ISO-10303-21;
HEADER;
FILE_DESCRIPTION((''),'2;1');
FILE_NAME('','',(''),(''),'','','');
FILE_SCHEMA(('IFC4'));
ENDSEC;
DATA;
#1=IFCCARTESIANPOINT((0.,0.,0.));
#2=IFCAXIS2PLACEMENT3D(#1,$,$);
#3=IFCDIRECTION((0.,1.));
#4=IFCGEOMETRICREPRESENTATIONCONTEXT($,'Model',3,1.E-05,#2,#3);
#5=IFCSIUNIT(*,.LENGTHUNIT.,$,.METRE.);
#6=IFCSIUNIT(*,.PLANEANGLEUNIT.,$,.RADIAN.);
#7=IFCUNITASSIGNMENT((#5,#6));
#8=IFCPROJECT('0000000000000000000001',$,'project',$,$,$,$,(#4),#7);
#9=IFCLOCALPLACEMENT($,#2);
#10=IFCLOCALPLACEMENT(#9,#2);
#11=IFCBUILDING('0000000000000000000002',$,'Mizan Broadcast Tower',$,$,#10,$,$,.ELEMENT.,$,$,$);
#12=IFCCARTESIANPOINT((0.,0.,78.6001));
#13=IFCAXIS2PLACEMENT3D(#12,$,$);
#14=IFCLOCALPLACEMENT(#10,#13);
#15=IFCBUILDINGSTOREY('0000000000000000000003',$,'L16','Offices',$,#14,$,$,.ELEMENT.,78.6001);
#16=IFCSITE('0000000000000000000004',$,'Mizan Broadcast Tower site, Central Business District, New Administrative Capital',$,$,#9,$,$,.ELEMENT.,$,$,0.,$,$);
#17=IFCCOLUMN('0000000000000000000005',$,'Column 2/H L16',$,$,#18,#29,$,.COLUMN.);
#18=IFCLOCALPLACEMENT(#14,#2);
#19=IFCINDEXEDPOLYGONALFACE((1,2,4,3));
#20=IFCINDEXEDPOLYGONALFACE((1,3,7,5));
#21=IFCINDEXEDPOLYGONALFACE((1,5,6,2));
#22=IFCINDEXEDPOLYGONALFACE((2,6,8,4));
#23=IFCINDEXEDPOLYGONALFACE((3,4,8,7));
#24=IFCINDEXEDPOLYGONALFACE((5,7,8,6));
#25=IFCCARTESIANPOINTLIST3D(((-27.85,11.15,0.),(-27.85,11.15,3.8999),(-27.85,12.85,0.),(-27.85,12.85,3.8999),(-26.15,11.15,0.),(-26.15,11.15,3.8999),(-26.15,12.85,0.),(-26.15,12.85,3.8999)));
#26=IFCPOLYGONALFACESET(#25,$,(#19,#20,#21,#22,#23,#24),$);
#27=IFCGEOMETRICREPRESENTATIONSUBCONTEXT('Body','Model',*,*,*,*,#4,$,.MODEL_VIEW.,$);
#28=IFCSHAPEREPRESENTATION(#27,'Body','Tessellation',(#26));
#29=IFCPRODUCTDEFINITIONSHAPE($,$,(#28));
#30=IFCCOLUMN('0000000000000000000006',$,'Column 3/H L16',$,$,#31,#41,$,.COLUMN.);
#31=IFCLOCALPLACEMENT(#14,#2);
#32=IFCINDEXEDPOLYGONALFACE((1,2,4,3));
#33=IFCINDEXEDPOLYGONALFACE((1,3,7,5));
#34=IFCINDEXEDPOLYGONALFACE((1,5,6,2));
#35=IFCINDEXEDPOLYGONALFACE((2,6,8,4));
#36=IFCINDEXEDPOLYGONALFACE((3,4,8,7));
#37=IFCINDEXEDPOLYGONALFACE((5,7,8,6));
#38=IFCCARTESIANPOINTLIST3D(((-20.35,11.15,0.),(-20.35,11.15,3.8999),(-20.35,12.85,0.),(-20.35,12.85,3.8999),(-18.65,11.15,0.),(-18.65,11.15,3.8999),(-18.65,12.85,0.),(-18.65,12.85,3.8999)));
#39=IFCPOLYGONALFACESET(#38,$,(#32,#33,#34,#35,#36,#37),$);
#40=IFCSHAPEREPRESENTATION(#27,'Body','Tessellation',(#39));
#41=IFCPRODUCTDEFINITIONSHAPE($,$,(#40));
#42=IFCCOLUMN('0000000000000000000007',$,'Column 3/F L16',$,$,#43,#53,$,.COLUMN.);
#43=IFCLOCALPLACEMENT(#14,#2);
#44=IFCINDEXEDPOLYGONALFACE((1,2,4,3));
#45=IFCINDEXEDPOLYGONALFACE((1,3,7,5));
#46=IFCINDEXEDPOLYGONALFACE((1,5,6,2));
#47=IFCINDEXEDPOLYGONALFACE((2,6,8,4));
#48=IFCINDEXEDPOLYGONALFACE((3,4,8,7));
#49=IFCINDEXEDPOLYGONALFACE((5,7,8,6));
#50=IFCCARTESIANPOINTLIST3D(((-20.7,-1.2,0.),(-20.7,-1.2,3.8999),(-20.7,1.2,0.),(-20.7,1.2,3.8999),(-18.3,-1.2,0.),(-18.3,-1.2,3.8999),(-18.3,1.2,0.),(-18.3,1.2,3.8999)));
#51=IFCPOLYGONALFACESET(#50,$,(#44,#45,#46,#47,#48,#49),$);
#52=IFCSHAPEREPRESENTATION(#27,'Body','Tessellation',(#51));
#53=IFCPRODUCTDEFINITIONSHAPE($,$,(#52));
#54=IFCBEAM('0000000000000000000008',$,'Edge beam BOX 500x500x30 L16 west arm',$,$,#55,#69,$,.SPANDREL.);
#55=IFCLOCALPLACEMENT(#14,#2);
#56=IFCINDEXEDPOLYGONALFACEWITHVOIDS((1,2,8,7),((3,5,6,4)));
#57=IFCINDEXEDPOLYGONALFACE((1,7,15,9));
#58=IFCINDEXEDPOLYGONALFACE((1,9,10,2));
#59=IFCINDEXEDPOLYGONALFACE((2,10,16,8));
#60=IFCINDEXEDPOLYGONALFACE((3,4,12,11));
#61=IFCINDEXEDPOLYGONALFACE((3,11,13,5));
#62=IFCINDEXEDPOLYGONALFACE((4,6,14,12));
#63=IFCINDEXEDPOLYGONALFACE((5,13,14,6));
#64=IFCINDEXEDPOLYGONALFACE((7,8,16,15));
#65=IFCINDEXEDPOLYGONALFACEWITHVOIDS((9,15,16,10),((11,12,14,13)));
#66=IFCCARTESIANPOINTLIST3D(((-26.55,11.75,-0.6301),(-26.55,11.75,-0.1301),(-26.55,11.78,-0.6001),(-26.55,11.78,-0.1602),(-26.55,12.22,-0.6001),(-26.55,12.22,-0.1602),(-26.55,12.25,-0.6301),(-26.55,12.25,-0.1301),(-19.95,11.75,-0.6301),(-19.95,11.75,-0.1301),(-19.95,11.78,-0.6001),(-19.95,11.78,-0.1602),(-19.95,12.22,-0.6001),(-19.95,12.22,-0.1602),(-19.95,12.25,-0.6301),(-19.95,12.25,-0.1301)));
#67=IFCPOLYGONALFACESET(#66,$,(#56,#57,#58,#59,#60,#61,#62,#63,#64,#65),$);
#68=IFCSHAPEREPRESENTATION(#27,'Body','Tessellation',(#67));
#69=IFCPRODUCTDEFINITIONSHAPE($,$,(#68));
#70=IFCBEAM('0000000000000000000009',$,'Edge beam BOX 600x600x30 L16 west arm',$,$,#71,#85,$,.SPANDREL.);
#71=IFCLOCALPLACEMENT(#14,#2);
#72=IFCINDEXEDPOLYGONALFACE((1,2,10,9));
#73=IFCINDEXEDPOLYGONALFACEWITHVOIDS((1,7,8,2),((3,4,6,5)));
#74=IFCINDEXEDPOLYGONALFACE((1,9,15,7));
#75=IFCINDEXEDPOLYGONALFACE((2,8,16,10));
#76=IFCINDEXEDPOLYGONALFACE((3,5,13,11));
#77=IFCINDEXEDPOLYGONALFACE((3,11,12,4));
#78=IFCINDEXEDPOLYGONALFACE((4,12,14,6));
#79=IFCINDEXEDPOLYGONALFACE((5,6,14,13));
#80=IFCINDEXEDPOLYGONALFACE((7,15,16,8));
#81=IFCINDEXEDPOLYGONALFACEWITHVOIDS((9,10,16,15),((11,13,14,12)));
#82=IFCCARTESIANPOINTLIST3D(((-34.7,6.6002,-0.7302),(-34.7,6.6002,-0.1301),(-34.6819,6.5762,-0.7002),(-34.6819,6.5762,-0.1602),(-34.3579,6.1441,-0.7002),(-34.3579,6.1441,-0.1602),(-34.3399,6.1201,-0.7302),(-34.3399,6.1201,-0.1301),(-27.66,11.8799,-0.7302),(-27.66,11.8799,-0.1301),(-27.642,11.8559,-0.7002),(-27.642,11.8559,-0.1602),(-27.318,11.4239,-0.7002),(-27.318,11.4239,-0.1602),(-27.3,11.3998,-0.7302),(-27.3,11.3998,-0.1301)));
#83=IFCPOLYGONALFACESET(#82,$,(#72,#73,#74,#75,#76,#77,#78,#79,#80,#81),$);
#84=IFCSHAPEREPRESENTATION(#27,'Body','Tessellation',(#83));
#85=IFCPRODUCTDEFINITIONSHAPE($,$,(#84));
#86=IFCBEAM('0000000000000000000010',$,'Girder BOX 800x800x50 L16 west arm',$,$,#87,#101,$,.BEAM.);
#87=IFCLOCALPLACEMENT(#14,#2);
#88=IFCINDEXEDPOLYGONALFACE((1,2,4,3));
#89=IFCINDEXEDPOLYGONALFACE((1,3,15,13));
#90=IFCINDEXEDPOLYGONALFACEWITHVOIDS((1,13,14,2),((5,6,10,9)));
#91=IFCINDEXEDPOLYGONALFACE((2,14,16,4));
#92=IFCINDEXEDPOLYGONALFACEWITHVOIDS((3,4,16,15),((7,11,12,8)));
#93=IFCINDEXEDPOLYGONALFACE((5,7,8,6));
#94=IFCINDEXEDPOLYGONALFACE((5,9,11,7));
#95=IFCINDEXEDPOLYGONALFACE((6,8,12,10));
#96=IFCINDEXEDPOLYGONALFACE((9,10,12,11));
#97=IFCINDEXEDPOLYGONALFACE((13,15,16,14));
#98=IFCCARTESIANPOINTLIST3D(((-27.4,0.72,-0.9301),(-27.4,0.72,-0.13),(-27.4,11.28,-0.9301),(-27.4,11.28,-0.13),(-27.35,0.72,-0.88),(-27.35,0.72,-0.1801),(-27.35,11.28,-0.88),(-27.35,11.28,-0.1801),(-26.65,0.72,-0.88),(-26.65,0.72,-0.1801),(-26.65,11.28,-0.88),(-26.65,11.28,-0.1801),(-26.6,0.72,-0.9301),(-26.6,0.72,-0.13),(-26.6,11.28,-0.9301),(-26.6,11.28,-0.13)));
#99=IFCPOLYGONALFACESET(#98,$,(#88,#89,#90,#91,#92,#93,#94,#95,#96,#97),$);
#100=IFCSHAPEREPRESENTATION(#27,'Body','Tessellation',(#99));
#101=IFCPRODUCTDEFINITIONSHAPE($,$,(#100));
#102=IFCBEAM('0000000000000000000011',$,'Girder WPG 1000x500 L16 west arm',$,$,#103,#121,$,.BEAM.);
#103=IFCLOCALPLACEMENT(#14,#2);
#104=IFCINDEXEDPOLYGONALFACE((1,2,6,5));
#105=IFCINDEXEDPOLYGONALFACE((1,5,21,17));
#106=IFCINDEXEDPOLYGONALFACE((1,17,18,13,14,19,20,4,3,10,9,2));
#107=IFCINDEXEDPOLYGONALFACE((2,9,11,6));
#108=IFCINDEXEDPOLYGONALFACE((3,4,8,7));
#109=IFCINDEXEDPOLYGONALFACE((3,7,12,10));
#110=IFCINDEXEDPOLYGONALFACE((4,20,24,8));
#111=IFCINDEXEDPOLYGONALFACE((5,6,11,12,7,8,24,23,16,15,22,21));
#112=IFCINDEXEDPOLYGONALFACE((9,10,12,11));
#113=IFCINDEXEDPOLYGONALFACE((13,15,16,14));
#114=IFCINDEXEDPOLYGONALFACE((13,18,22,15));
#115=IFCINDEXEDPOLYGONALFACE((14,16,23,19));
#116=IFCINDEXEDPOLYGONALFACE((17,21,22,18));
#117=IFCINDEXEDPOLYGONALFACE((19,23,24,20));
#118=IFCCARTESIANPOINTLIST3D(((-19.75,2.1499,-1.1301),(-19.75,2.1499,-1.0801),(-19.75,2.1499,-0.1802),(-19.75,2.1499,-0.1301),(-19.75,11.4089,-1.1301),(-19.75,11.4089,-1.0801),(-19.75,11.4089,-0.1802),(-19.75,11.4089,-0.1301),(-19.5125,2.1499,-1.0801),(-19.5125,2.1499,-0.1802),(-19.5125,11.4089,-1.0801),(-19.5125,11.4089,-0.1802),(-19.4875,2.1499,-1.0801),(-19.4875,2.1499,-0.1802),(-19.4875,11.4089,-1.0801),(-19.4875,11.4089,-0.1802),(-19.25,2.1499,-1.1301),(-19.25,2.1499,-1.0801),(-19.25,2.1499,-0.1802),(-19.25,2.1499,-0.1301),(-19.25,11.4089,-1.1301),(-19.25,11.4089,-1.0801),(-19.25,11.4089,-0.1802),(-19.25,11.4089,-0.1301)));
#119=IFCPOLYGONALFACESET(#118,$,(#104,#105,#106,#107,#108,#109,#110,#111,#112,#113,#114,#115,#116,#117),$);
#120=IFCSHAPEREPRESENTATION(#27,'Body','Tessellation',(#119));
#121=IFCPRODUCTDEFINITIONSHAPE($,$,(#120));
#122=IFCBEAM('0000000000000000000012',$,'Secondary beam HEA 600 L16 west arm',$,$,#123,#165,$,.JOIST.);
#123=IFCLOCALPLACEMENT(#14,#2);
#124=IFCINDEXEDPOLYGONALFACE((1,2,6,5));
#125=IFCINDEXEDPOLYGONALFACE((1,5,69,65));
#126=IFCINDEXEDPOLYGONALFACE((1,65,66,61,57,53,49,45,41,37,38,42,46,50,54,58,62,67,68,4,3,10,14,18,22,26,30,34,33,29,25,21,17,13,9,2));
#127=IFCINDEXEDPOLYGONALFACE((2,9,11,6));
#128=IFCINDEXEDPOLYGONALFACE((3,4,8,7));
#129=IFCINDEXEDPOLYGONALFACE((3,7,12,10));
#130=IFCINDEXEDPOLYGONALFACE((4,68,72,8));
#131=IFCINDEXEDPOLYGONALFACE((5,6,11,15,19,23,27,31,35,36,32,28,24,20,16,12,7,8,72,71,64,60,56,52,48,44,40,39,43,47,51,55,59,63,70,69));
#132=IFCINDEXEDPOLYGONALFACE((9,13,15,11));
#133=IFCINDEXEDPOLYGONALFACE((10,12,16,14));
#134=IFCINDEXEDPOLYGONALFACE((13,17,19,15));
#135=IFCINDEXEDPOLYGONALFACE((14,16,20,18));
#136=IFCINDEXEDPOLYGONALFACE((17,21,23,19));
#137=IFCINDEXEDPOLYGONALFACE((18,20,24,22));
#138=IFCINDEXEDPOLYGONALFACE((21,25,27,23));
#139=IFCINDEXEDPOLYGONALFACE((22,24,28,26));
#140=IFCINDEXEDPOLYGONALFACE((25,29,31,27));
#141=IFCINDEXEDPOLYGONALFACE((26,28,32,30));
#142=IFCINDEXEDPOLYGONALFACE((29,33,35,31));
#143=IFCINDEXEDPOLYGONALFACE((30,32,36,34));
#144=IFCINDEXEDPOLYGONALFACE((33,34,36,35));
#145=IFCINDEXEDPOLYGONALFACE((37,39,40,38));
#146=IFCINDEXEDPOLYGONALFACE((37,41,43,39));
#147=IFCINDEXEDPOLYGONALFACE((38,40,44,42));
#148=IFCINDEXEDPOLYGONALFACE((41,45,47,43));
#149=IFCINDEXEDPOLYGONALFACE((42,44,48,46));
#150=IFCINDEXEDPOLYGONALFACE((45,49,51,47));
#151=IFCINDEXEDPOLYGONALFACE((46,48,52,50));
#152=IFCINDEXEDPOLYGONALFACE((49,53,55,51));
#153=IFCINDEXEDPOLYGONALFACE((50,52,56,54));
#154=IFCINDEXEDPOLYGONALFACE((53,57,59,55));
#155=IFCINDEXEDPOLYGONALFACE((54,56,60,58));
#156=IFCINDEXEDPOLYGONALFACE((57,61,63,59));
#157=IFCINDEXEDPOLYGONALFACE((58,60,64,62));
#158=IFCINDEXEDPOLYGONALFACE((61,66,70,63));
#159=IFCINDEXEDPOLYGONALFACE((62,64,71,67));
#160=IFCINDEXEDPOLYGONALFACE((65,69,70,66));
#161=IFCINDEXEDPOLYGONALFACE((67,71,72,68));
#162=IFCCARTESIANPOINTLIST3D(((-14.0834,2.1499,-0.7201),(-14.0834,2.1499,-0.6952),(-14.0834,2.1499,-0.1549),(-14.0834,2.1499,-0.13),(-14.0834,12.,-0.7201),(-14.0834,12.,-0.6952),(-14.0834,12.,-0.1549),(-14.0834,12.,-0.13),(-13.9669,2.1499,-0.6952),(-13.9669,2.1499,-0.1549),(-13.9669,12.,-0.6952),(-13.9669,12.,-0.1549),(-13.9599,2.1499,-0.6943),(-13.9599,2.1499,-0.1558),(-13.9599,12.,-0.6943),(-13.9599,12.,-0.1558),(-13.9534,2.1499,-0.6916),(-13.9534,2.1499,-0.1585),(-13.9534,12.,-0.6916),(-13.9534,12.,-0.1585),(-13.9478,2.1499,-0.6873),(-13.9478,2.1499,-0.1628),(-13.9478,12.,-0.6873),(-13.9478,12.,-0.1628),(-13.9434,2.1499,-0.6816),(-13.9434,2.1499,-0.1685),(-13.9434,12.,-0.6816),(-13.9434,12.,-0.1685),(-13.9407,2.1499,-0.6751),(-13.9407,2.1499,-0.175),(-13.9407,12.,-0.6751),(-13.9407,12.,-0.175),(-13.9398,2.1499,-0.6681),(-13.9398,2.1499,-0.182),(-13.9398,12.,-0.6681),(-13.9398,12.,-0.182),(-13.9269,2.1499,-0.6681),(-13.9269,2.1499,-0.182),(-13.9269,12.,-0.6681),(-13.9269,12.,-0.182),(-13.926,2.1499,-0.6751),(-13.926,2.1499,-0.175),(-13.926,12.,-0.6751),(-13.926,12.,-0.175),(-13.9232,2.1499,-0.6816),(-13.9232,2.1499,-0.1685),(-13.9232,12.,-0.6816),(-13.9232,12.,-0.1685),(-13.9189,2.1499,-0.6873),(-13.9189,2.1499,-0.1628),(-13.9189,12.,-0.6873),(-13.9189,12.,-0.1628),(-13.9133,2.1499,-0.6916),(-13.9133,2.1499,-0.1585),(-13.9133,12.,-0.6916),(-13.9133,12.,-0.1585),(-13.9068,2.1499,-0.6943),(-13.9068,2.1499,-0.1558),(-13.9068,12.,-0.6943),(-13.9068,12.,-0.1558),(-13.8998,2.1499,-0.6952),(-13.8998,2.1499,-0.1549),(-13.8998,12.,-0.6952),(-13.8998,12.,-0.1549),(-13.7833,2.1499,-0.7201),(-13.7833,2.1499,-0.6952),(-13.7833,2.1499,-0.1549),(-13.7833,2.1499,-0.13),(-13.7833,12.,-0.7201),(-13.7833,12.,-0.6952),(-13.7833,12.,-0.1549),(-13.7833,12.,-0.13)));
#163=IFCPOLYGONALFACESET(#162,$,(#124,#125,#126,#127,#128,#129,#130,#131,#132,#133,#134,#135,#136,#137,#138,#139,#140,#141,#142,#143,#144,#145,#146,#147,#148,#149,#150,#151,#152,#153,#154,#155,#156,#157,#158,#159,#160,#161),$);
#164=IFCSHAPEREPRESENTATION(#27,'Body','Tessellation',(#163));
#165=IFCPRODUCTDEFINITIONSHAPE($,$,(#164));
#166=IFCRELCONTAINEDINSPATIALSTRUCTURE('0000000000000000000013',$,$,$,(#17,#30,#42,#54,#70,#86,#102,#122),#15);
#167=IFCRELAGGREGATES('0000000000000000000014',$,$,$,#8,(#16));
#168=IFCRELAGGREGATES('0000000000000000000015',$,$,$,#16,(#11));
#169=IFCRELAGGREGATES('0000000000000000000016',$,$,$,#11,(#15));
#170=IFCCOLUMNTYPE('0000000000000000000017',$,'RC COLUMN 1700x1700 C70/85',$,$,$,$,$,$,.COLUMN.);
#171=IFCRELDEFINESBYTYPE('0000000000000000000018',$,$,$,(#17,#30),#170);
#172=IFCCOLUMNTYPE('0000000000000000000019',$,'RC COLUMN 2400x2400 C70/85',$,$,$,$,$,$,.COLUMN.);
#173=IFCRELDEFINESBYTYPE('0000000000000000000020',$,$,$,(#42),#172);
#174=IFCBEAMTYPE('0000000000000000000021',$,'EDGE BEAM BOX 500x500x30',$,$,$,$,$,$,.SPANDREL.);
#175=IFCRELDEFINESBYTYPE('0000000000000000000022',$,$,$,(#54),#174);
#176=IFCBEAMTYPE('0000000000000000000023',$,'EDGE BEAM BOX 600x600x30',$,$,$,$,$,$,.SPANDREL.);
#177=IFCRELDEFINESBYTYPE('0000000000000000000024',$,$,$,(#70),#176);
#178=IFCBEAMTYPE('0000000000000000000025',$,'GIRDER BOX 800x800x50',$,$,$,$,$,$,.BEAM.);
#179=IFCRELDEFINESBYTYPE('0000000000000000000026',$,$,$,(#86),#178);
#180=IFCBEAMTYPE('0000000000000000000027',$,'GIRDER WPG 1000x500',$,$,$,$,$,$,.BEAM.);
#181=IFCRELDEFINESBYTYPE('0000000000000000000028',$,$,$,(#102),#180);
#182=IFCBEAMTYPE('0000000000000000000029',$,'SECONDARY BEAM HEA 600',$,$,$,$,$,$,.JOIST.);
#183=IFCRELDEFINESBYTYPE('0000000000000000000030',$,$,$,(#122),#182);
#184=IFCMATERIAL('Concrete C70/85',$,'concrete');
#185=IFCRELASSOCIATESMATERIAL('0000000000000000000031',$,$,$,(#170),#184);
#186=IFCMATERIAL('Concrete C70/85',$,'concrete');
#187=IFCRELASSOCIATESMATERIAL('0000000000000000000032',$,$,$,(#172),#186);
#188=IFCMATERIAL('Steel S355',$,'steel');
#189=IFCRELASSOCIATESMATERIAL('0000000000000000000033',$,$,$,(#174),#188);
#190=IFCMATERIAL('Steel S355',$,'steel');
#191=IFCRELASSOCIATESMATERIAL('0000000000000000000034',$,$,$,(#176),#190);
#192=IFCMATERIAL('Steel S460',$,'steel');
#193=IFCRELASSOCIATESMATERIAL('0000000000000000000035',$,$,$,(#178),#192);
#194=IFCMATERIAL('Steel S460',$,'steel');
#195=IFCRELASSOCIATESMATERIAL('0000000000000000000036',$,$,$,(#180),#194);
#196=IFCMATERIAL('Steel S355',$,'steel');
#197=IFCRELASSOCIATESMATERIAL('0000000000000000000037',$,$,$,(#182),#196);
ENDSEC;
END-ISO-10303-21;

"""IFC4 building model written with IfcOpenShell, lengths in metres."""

from ifc_helpers import new_model, si_unit, direction, frame, origin, origin_2d, place, context, subcontext, project, spatial, rectangle, hollow_rectangle, i_section, extrude, material, material_profile, profile_set, type_object, element, save


model = new_model("IFC4")

# Units and contexts
model_context = context("Model", 3, precision=1e-05, world=origin(), true_north=direction((0.0, 1.0)))
body_context = subcontext(model_context, "Body", "Model", "MODEL_VIEW")
ifc_project = project(units=[si_unit("LENGTHUNIT", "METRE"), si_unit("PLANEANGLEUNIT", "RADIAN")], contexts=[model_context])

# Site, building, storey
site_placement = place(None, origin())
site = spatial("IfcSite", under=ifc_project, at=site_placement, Name="Mizan Broadcast Tower site, Central Business District, New Administrative Capital", CompositionType="ELEMENT", RefElevation=0.0)
building_placement = place(site_placement, origin())
building = spatial("IfcBuilding", under=site, at=building_placement, Name="Mizan Broadcast Tower", CompositionType="ELEMENT")
storey_placement = place(building_placement, frame((0.0, 0.0, 78.6001)))
storey = spatial("IfcBuildingStorey", under=building, at=storey_placement, Name="L16", Description="Offices", CompositionType="ELEMENT", Elevation=78.6001)

# Columns
ifc_material_1 = material(Name="Concrete C70/85", Category="concrete")
ifc_material_profile_1 = material_profile(ifc_material_1, rectangle(XDim=1.7, YDim=1.7, at=origin_2d()), Name="RC 1700x1700")
ifc_profile_set_1 = profile_set([ifc_material_profile_1], Name="Concrete C70/85")
column_type_1 = type_object("IfcColumnType", Name="RC COLUMN 1700x1700 C70/85", PredefinedType="COLUMN", material=ifc_profile_set_1)
for number, where, z_axis, x_axis, name in (
    (1, (-27.0, 12.0, 0.0), (0.0, 0.0, 1.0), (1.0, 0.0, 0.0), "Column 2/H L16"),
    (2, (-19.5, 12.0, 0.0), (0.0, 0.0, 1.0), (1.0, 0.0, 0.0), "Column 3/H L16"),
):
    element("IfcColumn", number, at=place(storey_placement, frame(where, z_axis=z_axis, x_axis=x_axis)), inside=storey, type_object=column_type_1, Name=name, PredefinedType="COLUMN", context=body_context, shape_type="SweptSolid", body=[
        extrude(rectangle(XDim=1.7, YDim=1.7, at=origin_2d()), origin(), (0.0, 0.0, 1.0), 3.8999),
    ])
ifc_material_2 = material(Name="Concrete C70/85", Category="concrete")
ifc_material_profile_2 = material_profile(ifc_material_2, rectangle(XDim=2.3999, YDim=2.3999, at=origin_2d()), Name="RC 2400x2400")
ifc_profile_set_2 = profile_set([ifc_material_profile_2], Name="Concrete C70/85")
column_type_2 = type_object("IfcColumnType", Name="RC COLUMN 2400x2400 C70/85", PredefinedType="COLUMN", material=ifc_profile_set_2)
column_placement = place(storey_placement, frame((-19.5, 0.0, 0.0), z_axis=(0.0, 0.0, 1.0), x_axis=(1.0, 0.0, 0.0)))
element("IfcColumn", 3, at=column_placement, inside=storey, type_object=column_type_2, Name="Column 3/F L16", PredefinedType="COLUMN", context=body_context, shape_type="SweptSolid", body=[
    extrude(rectangle(XDim=2.3999, YDim=2.3999, at=origin_2d()), origin(), (0.0, 0.0, 1.0), 3.8999),
])

# Beams
ifc_material_3 = material(Name="Steel S355", Category="steel")
ifc_material_profile_3 = material_profile(ifc_material_3, hollow_rectangle(XDim=0.5, YDim=0.5, WallThickness=0.03, at=origin_2d()), Name="BOX 500x500x30")
ifc_profile_set_3 = profile_set([ifc_material_profile_3], Name="Steel S355")
beam_type_1 = type_object("IfcBeamType", Name="EDGE BEAM BOX 500x500x30", PredefinedType="SPANDREL", material=ifc_profile_set_3)
beam_1_placement = place(storey_placement, frame((-19.95, 12.0, -0.3801), z_axis=(-1.0, 0.0, 0.0), x_axis=(0.0, -1.0, 0.0)))
element("IfcBeam", 4, at=beam_1_placement, inside=storey, type_object=beam_type_1, Name="Edge beam BOX 500x500x30 L16 west arm", PredefinedType="SPANDREL", context=body_context, shape_type="SweptSolid", body=[
    extrude(hollow_rectangle(XDim=0.5, YDim=0.5, WallThickness=0.03, at=origin_2d()), origin(), (0.0, 0.0, 1.0), 6.6001),
])
ifc_material_4 = material(Name="Steel S355", Category="steel")
ifc_material_profile_4 = material_profile(ifc_material_4, hollow_rectangle(XDim=0.6001, YDim=0.6001, WallThickness=0.03, at=origin_2d()), Name="BOX 600x600x30")
ifc_profile_set_4 = profile_set([ifc_material_profile_4], Name="Steel S355")
beam_type_2 = type_object("IfcBeamType", Name="EDGE BEAM BOX 600x600x30", PredefinedType="SPANDREL", material=ifc_profile_set_4)
beam_2_placement = place(storey_placement, frame((-27.48, 11.6399, -0.4302), z_axis=(-0.800013, -0.599982, 0.0), x_axis=(0.599982, -0.800013, 0.0)))
element("IfcBeam", 5, at=beam_2_placement, inside=storey, type_object=beam_type_2, Name="Edge beam BOX 600x600x30 L16 west arm", PredefinedType="SPANDREL", context=body_context, shape_type="SweptSolid", body=[
    extrude(hollow_rectangle(XDim=0.6001, YDim=0.6001, WallThickness=0.03, at=origin_2d()), origin(), (0.0, 0.0, 1.0), 8.7998),
])
ifc_material_5 = material(Name="Steel S460", Category="steel")
ifc_material_profile_5 = material_profile(ifc_material_5, hollow_rectangle(XDim=0.8, YDim=0.8, WallThickness=0.05, at=origin_2d()), Name="BOX 800x800x50")
ifc_profile_set_5 = profile_set([ifc_material_profile_5], Name="Steel S460")
beam_type_3 = type_object("IfcBeamType", Name="GIRDER BOX 800x800x50", PredefinedType="BEAM", material=ifc_profile_set_5)
beam_3_placement = place(storey_placement, frame((-27.0, 11.28, -0.53), z_axis=(0.0, -1.0, 0.0), x_axis=(1.0, 0.0, 0.0)))
element("IfcBeam", 6, at=beam_3_placement, inside=storey, type_object=beam_type_3, Name="Girder BOX 800x800x50 L16 west arm", PredefinedType="BEAM", context=body_context, shape_type="SweptSolid", body=[
    extrude(hollow_rectangle(XDim=0.8, YDim=0.8, WallThickness=0.05, at=origin_2d()), origin(), (0.0, 0.0, 1.0), 10.5601),
])
ifc_material_6 = material(Name="Steel S460", Category="steel")
ifc_material_profile_6 = material_profile(ifc_material_6, i_section(OverallWidth=0.5, OverallDepth=1.0, WebThickness=0.0249, FlangeThickness=0.05, at=origin_2d()), Name="WPG 1000x500")
ifc_profile_set_6 = profile_set([ifc_material_profile_6], Name="Steel S460")
beam_type_4 = type_object("IfcBeamType", Name="GIRDER WPG 1000x500", PredefinedType="BEAM", material=ifc_profile_set_6)
beam_4_placement = place(storey_placement, frame((-19.5, 11.4089, -0.6301), z_axis=(0.0, -1.0, 0.0), x_axis=(1.0, 0.0, 0.0)))
element("IfcBeam", 7, at=beam_4_placement, inside=storey, type_object=beam_type_4, Name="Girder WPG 1000x500 L16 west arm", PredefinedType="BEAM", context=body_context, shape_type="SweptSolid", body=[
    extrude(i_section(OverallWidth=0.5, OverallDepth=1.0, WebThickness=0.0249, FlangeThickness=0.05, at=origin_2d()), origin(), (0.0, 0.0, 1.0), 9.259),
])
ifc_material_7 = material(Name="Steel S355", Category="steel")
ifc_material_profile_7 = material_profile(ifc_material_7, i_section(OverallWidth=0.3, OverallDepth=0.5901, WebThickness=0.0129, FlangeThickness=0.0249, FilletRadius=0.0271, at=origin_2d()), Name="HEA 600")
ifc_profile_set_7 = profile_set([ifc_material_profile_7], Name="Steel S355")
beam_type_5 = type_object("IfcBeamType", Name="SECONDARY BEAM HEA 600", PredefinedType="JOIST", material=ifc_profile_set_7)
for number, where, z_axis, x_axis, name in (
    (8, (-13.9333, 12.0, -0.425), (0.0, -1.0, 0.0), (1.0, 0.0, 0.0), "Secondary beam HEA 600 L16 west arm"),
):
    element("IfcBeam", number, at=place(storey_placement, frame(where, z_axis=z_axis, x_axis=x_axis)), inside=storey, type_object=beam_type_5, Name=name, PredefinedType="JOIST", context=body_context, shape_type="SweptSolid", body=[
        extrude(i_section(OverallWidth=0.3, OverallDepth=0.5901, WebThickness=0.0129, FlangeThickness=0.0249, FilletRadius=0.0271, at=origin_2d()), origin(), (0.0, 0.0, 1.0), 9.8501),
    ])

save(model, "model.ifc")
